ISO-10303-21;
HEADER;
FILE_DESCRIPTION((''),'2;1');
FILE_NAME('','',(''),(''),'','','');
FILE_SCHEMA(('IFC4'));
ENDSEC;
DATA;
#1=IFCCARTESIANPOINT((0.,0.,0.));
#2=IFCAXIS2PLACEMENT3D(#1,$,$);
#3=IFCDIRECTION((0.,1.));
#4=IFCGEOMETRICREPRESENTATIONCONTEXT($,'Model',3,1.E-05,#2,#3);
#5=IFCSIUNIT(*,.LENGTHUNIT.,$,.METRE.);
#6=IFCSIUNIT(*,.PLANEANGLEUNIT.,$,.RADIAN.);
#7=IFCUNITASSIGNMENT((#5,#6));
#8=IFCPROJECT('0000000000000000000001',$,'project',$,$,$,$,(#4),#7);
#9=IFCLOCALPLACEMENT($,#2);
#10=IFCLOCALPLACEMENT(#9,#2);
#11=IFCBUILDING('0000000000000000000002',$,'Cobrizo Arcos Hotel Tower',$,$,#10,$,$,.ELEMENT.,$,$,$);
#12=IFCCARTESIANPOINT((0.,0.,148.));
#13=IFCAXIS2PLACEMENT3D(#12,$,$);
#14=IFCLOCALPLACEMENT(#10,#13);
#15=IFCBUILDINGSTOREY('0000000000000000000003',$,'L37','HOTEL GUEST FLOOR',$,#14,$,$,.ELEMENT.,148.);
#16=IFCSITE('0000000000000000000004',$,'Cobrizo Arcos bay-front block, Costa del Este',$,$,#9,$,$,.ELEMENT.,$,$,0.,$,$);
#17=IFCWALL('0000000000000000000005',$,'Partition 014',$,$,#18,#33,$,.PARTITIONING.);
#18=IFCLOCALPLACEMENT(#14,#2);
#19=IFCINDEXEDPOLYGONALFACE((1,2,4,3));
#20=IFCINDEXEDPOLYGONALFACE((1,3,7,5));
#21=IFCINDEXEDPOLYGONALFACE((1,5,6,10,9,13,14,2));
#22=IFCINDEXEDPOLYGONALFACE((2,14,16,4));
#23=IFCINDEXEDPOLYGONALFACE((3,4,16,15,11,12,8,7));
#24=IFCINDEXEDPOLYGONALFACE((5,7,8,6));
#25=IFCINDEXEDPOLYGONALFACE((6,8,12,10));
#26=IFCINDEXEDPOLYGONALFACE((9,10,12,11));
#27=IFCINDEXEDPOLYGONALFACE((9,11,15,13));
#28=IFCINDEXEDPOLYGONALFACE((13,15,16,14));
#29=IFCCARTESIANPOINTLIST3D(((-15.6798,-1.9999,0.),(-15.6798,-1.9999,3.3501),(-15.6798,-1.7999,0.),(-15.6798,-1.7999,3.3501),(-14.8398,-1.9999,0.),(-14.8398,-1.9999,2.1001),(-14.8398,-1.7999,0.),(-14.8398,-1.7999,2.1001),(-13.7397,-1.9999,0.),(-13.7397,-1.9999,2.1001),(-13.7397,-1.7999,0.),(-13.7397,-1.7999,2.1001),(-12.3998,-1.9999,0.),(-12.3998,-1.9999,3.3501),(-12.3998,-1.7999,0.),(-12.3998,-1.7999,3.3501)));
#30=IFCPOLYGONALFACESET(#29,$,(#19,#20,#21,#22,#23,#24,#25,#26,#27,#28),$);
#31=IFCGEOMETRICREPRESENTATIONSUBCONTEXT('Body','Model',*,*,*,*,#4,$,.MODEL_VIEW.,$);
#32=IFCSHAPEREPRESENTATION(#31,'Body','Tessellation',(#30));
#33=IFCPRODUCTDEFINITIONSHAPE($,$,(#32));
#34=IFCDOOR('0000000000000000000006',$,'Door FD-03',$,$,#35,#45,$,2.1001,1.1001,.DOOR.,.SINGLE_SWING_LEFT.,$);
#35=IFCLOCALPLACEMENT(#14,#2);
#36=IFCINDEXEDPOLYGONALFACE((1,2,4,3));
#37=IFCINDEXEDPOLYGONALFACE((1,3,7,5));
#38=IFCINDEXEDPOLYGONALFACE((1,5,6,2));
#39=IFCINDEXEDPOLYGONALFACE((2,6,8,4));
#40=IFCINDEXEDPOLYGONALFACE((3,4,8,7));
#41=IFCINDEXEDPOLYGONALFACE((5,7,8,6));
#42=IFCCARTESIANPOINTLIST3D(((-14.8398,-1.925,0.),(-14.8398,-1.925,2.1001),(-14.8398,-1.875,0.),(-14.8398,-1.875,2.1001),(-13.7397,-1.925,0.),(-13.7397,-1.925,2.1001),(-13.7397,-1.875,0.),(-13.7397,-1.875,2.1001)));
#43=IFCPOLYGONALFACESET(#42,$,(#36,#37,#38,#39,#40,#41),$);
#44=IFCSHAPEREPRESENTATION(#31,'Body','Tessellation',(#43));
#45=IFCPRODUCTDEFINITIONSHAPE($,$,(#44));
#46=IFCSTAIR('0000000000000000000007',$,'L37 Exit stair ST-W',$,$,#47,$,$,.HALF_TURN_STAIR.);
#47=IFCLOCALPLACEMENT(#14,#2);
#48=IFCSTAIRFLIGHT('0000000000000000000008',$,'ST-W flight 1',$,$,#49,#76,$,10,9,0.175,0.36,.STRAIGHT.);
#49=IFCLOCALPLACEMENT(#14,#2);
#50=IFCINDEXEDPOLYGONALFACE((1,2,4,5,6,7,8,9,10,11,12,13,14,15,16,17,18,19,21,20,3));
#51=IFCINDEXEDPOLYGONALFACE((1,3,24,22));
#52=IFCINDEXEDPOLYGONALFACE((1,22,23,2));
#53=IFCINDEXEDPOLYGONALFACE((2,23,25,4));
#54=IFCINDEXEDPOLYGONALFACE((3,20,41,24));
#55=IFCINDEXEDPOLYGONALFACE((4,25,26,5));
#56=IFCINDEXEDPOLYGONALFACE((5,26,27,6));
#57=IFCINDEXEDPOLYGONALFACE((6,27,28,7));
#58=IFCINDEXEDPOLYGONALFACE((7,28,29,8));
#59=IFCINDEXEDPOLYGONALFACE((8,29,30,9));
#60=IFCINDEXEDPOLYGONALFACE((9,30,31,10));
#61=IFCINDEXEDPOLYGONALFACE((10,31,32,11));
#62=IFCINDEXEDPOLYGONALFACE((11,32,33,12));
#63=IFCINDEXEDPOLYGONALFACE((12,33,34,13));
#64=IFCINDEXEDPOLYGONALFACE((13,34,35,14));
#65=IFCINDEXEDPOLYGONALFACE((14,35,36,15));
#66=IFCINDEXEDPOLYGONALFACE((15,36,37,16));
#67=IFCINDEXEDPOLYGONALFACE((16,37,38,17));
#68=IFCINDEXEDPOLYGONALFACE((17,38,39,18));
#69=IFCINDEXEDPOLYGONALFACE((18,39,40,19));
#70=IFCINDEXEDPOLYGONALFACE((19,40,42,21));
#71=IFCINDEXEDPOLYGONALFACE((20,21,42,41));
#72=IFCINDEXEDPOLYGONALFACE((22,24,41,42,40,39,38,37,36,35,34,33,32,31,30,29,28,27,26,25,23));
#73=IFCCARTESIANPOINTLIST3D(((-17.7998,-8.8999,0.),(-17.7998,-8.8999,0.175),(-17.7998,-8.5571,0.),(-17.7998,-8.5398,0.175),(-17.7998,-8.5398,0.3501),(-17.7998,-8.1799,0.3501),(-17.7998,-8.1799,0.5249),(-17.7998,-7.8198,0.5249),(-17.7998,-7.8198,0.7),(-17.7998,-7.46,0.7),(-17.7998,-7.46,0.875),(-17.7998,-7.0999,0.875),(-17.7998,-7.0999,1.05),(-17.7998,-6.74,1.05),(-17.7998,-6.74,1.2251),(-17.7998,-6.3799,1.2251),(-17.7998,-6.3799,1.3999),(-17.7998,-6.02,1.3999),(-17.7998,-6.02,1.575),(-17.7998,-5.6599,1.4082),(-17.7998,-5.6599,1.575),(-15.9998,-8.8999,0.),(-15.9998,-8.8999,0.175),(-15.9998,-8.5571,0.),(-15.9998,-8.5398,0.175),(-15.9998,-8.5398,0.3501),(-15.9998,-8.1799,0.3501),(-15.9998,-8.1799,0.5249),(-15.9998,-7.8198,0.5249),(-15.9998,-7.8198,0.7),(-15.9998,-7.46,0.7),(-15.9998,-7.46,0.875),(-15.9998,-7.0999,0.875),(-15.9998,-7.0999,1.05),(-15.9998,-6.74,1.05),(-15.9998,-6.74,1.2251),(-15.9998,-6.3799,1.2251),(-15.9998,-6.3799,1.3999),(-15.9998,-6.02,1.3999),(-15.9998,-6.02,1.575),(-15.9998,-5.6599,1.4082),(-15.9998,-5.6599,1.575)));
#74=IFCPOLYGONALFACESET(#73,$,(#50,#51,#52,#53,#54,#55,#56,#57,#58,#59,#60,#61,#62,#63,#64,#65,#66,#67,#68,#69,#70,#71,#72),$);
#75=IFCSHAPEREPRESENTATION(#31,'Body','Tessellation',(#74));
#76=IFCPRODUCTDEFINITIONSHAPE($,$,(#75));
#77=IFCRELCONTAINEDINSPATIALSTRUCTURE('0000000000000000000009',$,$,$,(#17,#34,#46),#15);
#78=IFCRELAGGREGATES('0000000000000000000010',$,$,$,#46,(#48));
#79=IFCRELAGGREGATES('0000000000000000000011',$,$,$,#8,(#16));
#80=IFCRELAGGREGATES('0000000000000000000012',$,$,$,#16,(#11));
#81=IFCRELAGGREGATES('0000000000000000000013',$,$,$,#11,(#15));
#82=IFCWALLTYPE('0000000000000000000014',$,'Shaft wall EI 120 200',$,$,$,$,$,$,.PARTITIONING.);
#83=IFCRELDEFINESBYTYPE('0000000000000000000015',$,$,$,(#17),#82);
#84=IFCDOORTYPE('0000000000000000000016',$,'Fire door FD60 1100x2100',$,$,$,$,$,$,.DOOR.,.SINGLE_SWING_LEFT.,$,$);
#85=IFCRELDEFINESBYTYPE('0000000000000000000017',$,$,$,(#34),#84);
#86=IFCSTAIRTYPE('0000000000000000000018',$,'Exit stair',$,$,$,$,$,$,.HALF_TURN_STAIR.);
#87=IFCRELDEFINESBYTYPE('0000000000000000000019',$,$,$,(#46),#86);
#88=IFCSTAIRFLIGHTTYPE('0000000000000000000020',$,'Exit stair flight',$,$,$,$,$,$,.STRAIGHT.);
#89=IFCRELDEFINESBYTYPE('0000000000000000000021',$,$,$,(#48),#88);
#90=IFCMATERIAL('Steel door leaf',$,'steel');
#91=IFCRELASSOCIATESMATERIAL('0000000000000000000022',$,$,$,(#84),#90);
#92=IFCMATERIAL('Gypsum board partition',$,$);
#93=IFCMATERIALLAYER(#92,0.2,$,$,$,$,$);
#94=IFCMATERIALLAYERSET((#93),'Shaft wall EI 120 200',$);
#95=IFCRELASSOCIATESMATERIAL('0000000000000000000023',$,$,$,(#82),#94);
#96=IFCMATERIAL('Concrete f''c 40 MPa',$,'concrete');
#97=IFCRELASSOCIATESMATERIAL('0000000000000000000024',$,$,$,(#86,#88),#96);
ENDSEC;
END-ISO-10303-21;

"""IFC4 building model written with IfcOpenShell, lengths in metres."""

from ifc_helpers import new_model, si_unit, direction, frame, frame_2d, origin, place, context, subcontext, project, spatial, polyline, rectangle, outline, extrude, material, layer, layer_set, type_object, element, fill, aggregate, save


model = new_model("IFC4")

# Units and contexts
model_context = context("Model", 3, precision=1e-05, world=origin(), true_north=direction((0.0, 1.0)))
body_context = subcontext(model_context, "Body", "Model", "MODEL_VIEW")
ifc_project = project(units=[si_unit("LENGTHUNIT", "METRE"), si_unit("PLANEANGLEUNIT", "RADIAN")], contexts=[model_context])

# Site, building, storey
site_placement = place(None, origin())
site = spatial("IfcSite", under=ifc_project, at=site_placement, Name="Cobrizo Arcos bay-front block, Costa del Este", CompositionType="ELEMENT", RefElevation=0.0)
building_placement = place(site_placement, origin())
building = spatial("IfcBuilding", under=site, at=building_placement, Name="Cobrizo Arcos Hotel Tower", CompositionType="ELEMENT")
storey_placement = place(building_placement, frame((0.0, 0.0, 148.0)))
storey = spatial("IfcBuildingStorey", under=building, at=storey_placement, Name="L37", Description="HOTEL GUEST FLOOR", CompositionType="ELEMENT", Elevation=148.0)

# Shared definitions
ifc_material_1 = material(Name="Gypsum board partition")

# Shared definitions
ifc_material_2 = material(Name="Steel door leaf", Category="steel")
door_type_1 = type_object("IfcDoorType", Name="Fire door FD60 1100x2100", OperationType="SINGLE_SWING_LEFT", PredefinedType="DOOR", material=ifc_material_2)

# Wall, opening, door
ifc_layer_1 = layer(ifc_material_1, 0.2)
ifc_layer_set_1 = layer_set([ifc_layer_1], Name="Shaft wall EI 120 200")
wall_type_1 = type_object("IfcWallType", Name="Shaft wall EI 120 200", PredefinedType="PARTITIONING", material=ifc_layer_set_1)
wall_1_placement = place(storey_placement, frame((-15.6799, -1.8999, 0.0), z_axis=(0.0, 0.0, 1.0), x_axis=(1.0, 0.0, 0.0)))
wall_1 = element("IfcWall", 1, at=wall_1_placement, inside=storey, type_object=wall_type_1, Name="Partition 014", PredefinedType="PARTITIONING", context=body_context, shape_type="SweptSolid", body=[
    extrude(rectangle(XDim=3.28, YDim=0.2, at=frame_2d((1.6401, 0.0))), origin(), (0.0, 0.0, 1.0), 3.3501),
])
opening_1_placement = place(wall_1_placement, frame((0.8401, 0.0, 0.0)))
opening_1 = element("IfcOpeningElement", 2, at=opening_1_placement, cuts=wall_1, PredefinedType="OPENING", context=body_context, shape_type="SweptSolid", body=[
    extrude(rectangle(XDim=1.1001, YDim=2.1001, at=frame_2d((0.55, 1.05))), frame((0.0, 0.1121, 0.0), z_axis=(0.0, -1.0, 0.0), x_axis=(1.0, 0.0, 0.0)), (0.0, 0.0, 1.0), 0.2239),
])
door_1_placement = place(opening_1_placement, origin())
door_1 = element("IfcDoor", 3, at=door_1_placement, inside=storey, type_object=door_type_1, Name="Door FD-03", OperationType="SINGLE_SWING_LEFT", OverallHeight=2.1001, OverallWidth=1.1001, PredefinedType="DOOR", context=body_context, shape_type="SweptSolid", body=[
    extrude(rectangle(XDim=1.1001, YDim=2.1001, at=frame_2d((0.55, 1.05))), frame((0.0, 0.0249, 0.0), z_axis=(0.0, -1.0, 0.0), x_axis=(1.0, 0.0, 0.0)), (0.0, 0.0, 1.0), 0.05),
])
fill(opening_1, door_1)

# Stair, stair flight
ifc_material_3 = material(Name="Concrete f'c 40 MPa", Category="concrete")
stair_type = type_object("IfcStairType", Name="Exit stair", PredefinedType="HALF_TURN_STAIR", material=ifc_material_3)
stair_placement = place(storey_placement, origin())
stair = element("IfcStair", 4, at=stair_placement, inside=storey, type_object=stair_type, Name="L37 Exit stair ST-W", PredefinedType="HALF_TURN_STAIR")
stair_flight_type = type_object("IfcStairFlightType", Name="Exit stair flight", PredefinedType="STRAIGHT", material=ifc_material_3)
stair_flight_placement = place(storey_placement, frame((-16.8999, -8.8999, 0.0), z_axis=(0.0, 0.0, 1.0), x_axis=(0.0, 1.0, 0.0)))
stair_flight = element("IfcStairFlight", 5, at=stair_flight_placement, type_object=stair_flight_type, Name="ST-W flight 1", NumberOfRisers=10, NumberOfTreads=9, PredefinedType="STRAIGHT", RiserHeight=0.175, TreadLength=0.36, context=body_context, shape_type="SweptSolid", body=[
    extrude(outline(polyline([(0.0, 0.0), (0.0, 0.175), (0.3601, 0.175), (0.3601, 0.3501), (0.72, 0.3501), (0.72, 0.5249), (1.0801, 0.5249), (1.0801, 0.7), (1.4399, 0.7), (1.4399, 0.875), (1.8, 0.875), (1.8, 1.05), (2.1599, 1.05), (2.1599, 1.2251), (2.52, 1.2251), (2.52, 1.3999), (2.8799, 1.3999), (2.8799, 1.575), (3.24, 1.575), (3.24, 1.75), (3.24, 1.4082), (0.3428, 0.0), (0.0, 0.0)])), frame((0.0, 0.8999, 0.0), z_axis=(0.0, -1.0, 0.0), x_axis=(1.0, 0.0, 0.0)), (0.0, 0.0, 1.0), 1.8),
])
aggregate(stair, [stair_flight])

save(model, "model.ifc")
